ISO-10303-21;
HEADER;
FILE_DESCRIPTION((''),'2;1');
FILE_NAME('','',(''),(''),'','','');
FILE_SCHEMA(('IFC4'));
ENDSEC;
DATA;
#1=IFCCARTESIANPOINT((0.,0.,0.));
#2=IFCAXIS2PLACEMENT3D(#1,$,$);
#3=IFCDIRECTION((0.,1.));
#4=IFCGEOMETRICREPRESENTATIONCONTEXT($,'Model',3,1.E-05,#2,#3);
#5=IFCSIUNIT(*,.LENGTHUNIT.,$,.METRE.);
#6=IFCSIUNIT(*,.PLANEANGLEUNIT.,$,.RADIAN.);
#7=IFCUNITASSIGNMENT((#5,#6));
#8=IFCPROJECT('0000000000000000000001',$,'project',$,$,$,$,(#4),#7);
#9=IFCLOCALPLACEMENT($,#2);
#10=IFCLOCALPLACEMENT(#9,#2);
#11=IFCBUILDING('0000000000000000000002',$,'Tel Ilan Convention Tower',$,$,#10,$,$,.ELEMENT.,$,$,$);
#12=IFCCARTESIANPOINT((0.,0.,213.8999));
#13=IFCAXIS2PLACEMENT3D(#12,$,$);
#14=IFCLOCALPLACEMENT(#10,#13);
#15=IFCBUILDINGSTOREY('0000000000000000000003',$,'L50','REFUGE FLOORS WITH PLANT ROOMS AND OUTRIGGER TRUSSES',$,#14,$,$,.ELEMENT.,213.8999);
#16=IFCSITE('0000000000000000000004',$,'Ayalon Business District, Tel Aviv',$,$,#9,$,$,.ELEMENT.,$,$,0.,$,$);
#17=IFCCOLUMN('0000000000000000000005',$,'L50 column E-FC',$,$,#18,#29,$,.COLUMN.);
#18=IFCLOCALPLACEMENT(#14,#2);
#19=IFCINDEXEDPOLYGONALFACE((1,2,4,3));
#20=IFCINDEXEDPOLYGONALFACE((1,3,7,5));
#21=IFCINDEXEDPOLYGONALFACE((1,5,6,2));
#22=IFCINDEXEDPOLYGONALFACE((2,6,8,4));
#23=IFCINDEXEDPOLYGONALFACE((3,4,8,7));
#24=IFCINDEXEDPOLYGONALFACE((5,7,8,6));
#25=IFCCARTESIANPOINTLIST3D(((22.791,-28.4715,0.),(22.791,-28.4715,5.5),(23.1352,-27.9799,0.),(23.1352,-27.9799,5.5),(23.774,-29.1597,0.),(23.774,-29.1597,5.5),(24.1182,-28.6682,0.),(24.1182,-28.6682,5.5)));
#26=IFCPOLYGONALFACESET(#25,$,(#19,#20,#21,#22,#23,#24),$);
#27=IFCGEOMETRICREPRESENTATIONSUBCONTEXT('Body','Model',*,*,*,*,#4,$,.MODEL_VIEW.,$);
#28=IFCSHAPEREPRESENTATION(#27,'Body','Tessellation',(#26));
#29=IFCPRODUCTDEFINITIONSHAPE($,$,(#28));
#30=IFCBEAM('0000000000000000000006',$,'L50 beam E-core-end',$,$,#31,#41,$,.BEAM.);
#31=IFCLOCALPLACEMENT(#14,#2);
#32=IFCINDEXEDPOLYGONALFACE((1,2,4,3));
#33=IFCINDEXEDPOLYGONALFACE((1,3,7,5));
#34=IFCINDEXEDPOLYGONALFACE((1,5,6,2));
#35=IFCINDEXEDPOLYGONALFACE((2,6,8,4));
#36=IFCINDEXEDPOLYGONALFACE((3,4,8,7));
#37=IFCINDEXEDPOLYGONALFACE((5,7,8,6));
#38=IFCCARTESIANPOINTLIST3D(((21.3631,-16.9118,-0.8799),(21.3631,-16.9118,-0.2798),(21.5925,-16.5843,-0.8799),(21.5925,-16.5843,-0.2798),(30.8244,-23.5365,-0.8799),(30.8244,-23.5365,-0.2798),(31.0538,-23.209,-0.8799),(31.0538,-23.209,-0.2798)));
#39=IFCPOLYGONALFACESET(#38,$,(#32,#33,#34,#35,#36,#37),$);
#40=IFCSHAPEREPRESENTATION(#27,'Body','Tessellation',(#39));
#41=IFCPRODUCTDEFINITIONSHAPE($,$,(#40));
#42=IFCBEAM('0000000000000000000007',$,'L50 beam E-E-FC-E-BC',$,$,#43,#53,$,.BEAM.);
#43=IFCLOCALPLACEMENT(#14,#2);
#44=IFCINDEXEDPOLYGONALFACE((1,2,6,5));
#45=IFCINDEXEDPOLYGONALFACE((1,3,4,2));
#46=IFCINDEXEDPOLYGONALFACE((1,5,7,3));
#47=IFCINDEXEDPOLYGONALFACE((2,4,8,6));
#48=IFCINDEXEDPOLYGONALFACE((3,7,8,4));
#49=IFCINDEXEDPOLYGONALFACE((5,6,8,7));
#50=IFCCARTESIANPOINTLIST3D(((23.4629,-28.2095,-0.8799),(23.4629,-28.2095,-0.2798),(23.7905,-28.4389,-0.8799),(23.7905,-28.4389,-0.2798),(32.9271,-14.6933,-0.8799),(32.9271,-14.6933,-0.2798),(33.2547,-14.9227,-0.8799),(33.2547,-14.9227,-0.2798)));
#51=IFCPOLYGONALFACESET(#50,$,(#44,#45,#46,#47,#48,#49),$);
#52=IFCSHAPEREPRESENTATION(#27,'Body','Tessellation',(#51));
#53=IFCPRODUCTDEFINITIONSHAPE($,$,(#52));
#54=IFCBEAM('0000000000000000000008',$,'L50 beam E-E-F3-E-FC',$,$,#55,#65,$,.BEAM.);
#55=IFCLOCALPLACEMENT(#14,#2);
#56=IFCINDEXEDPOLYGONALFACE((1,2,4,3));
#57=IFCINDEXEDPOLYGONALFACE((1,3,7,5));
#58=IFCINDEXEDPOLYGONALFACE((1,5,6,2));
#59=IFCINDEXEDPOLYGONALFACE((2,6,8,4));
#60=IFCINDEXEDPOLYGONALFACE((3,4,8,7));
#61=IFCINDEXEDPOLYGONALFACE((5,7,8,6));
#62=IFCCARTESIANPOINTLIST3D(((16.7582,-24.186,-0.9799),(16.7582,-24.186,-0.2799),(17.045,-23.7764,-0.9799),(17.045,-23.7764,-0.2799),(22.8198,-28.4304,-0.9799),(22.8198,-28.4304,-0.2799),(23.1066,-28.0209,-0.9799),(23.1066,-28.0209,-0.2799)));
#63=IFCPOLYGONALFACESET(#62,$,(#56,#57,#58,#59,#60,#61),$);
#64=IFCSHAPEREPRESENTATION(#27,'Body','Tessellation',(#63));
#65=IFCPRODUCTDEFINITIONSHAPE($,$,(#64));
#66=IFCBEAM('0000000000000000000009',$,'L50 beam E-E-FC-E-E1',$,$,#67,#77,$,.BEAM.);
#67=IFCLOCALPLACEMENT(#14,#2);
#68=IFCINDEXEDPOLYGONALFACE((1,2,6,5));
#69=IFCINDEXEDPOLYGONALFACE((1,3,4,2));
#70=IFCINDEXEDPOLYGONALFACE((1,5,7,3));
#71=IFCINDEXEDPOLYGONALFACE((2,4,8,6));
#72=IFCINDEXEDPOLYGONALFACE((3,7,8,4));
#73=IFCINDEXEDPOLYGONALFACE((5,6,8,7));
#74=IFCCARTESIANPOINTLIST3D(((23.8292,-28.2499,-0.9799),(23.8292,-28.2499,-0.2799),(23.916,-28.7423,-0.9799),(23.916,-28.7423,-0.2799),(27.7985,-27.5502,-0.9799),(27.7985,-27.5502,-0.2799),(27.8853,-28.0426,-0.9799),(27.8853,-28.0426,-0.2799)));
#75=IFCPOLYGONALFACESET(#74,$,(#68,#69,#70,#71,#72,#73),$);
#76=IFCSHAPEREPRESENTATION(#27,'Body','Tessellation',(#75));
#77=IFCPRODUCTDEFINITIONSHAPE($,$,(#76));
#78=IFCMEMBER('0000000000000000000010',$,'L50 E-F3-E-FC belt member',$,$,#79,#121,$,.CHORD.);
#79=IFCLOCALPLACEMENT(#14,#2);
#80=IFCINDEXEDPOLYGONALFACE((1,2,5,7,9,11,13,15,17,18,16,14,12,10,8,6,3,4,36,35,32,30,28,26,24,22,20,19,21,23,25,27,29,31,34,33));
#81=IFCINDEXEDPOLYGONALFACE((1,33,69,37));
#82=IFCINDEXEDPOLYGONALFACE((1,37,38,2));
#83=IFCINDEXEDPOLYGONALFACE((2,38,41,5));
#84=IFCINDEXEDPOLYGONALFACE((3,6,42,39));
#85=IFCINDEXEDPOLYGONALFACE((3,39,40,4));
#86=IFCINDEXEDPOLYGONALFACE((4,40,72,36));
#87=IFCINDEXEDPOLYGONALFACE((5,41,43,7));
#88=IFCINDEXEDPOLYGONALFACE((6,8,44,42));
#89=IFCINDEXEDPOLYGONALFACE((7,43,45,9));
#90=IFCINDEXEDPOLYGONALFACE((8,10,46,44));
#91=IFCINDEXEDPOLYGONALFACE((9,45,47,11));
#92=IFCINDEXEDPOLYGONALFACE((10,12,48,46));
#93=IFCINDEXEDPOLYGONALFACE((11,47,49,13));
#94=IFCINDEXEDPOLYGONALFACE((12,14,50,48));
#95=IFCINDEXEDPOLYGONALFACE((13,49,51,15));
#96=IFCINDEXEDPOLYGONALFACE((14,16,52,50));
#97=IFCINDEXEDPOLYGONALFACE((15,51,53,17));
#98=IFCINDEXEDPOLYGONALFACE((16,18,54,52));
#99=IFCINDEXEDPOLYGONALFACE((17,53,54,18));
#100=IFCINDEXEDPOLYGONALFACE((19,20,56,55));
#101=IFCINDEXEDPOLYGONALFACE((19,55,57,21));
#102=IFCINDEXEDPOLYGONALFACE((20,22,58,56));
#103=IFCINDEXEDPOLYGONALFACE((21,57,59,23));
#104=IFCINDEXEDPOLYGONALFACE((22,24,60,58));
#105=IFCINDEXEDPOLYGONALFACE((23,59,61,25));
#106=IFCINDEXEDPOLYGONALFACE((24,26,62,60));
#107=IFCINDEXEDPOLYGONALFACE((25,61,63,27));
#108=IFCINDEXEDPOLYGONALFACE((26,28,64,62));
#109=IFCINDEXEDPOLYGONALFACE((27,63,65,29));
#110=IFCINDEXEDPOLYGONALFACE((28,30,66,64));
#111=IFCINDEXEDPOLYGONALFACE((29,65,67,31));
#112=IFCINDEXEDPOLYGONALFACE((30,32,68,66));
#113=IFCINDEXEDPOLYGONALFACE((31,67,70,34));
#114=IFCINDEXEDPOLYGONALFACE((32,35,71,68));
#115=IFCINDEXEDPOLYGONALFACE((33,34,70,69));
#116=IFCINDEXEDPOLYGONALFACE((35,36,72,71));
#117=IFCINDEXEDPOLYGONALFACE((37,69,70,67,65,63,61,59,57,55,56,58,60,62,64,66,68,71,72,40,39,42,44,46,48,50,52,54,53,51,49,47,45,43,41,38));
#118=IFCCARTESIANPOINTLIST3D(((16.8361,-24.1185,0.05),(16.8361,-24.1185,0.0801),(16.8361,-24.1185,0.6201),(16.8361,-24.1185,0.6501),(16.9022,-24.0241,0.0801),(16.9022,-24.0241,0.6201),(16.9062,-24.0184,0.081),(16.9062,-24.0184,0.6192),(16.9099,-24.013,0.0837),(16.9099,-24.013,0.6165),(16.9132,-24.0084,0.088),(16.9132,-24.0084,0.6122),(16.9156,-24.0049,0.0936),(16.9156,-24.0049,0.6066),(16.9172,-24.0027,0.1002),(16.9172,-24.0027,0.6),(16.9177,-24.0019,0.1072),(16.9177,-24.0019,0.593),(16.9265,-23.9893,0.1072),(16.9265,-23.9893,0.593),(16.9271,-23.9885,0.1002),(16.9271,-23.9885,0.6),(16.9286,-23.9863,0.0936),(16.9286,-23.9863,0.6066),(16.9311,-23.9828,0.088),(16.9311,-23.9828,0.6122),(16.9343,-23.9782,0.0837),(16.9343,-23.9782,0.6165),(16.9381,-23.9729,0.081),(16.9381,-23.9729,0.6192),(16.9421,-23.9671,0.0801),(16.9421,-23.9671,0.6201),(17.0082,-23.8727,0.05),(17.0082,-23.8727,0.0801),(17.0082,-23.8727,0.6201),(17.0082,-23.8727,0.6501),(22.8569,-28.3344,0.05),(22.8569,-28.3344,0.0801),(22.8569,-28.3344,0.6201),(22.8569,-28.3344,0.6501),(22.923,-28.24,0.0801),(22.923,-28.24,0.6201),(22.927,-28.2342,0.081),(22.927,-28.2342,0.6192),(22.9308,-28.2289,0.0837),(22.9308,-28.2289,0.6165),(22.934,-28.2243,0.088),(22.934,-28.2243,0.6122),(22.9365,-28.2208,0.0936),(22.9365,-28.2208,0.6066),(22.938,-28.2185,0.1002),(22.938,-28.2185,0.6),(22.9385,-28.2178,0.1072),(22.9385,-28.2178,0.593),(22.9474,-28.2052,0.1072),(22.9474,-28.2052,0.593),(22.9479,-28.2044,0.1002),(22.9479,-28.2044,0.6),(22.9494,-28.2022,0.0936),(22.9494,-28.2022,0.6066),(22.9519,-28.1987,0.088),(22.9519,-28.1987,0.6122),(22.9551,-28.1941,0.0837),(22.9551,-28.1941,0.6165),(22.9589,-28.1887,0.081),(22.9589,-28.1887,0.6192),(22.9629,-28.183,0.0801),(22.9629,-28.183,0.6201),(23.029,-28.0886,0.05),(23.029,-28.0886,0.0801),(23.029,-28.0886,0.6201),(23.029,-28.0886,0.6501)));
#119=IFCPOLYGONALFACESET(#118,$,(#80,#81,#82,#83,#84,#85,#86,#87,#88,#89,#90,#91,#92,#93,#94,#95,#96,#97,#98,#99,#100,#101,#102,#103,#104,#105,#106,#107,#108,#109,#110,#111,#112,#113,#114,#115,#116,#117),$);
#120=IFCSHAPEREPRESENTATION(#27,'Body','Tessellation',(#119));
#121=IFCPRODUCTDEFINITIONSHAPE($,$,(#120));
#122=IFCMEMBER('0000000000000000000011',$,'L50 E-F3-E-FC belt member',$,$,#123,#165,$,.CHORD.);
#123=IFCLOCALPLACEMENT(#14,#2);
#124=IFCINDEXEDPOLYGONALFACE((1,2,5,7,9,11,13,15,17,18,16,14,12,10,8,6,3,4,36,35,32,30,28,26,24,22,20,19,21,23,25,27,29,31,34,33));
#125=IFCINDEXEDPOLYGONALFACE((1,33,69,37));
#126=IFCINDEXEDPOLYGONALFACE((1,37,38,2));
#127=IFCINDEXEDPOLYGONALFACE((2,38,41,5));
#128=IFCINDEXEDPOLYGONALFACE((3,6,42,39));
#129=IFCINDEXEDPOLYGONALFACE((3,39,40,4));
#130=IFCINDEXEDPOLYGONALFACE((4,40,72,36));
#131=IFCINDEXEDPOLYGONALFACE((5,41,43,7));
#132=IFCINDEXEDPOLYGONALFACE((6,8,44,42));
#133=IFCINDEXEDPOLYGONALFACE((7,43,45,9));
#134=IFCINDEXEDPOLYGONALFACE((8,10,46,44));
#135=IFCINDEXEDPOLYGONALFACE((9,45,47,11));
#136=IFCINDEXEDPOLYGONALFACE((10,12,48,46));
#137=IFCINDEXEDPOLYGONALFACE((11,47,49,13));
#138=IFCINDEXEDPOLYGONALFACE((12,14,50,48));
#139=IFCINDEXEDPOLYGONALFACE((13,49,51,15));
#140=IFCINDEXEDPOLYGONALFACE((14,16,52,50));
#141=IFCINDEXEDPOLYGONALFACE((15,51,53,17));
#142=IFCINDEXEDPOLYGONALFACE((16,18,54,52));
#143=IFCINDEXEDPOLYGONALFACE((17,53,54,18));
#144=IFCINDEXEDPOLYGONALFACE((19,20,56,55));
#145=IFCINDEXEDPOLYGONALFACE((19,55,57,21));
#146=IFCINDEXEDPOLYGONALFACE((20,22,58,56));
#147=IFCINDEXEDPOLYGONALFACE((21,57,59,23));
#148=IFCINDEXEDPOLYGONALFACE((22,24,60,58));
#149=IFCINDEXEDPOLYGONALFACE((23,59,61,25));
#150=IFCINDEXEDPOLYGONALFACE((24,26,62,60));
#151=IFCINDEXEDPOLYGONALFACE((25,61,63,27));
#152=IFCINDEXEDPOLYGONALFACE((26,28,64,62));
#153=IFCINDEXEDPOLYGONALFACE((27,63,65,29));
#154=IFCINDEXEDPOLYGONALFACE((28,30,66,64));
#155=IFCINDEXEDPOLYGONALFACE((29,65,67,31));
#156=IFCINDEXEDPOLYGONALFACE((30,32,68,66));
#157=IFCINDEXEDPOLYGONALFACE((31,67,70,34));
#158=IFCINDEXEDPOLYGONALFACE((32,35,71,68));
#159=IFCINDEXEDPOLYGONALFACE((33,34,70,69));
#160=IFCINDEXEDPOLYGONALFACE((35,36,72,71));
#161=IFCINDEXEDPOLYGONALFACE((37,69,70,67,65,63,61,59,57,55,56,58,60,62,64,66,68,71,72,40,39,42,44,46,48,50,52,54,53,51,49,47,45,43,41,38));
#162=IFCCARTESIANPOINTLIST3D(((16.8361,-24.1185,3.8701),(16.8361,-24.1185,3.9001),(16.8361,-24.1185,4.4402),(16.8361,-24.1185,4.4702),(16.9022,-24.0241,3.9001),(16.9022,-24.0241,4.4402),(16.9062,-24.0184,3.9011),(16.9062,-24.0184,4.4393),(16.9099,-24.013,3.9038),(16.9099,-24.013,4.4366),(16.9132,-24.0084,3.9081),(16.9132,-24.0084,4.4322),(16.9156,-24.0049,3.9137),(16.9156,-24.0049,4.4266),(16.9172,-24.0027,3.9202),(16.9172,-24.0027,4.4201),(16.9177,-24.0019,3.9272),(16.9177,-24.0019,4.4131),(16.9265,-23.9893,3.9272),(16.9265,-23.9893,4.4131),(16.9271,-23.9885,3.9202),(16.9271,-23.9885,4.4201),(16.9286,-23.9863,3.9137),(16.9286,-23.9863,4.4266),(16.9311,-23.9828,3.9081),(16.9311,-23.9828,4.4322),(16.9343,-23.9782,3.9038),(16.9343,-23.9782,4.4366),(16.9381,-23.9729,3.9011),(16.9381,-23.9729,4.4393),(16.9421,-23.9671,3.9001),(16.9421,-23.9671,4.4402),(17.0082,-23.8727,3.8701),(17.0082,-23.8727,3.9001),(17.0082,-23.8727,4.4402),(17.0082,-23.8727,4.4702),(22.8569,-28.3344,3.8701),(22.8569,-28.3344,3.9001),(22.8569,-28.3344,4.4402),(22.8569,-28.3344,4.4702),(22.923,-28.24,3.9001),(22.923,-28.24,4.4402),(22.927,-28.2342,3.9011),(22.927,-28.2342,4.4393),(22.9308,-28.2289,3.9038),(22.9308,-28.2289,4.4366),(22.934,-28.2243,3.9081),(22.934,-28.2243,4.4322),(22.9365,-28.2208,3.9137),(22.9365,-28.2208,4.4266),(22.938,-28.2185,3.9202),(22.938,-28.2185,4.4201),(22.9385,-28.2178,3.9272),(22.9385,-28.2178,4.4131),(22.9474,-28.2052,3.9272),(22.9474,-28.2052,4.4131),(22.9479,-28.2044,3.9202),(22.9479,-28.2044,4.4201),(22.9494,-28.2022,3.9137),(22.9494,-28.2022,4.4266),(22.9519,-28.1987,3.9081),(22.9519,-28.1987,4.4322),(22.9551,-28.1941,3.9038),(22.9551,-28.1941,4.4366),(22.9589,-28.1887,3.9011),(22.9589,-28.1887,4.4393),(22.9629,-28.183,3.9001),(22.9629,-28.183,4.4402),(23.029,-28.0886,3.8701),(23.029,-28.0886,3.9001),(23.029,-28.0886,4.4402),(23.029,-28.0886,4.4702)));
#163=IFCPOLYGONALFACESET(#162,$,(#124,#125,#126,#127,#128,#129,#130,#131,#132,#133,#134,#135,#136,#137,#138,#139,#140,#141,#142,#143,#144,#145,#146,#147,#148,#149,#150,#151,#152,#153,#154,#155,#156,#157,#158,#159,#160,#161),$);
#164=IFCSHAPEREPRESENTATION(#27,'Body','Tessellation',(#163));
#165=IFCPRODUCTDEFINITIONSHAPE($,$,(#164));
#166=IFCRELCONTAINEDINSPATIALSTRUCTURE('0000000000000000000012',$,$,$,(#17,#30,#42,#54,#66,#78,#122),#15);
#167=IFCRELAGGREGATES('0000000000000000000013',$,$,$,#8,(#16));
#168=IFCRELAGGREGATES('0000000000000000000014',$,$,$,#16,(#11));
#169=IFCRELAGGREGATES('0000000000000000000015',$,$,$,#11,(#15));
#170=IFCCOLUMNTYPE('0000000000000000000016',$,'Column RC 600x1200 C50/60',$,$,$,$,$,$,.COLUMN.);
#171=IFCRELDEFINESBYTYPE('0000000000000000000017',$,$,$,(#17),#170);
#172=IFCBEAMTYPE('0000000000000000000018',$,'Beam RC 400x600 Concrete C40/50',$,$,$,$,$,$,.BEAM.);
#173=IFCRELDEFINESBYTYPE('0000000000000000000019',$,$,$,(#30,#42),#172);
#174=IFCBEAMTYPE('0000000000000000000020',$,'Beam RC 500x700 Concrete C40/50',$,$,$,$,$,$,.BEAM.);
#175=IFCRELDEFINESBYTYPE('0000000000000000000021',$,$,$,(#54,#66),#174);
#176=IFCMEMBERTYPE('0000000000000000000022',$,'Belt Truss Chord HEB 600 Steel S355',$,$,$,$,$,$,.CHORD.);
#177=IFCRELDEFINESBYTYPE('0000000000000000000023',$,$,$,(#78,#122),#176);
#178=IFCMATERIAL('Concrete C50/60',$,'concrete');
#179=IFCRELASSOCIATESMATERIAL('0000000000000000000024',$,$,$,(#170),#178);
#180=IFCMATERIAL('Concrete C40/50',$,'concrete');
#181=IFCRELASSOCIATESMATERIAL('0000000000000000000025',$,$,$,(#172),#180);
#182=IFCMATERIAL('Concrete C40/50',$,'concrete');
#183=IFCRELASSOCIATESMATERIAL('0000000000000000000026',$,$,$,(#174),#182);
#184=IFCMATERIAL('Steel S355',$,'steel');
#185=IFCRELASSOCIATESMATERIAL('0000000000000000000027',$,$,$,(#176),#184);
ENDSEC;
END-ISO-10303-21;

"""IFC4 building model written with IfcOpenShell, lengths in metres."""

from ifc_helpers import new_model, si_unit, direction, frame, origin, origin_2d, place, context, subcontext, project, spatial, rectangle, i_section, extrude, material, material_profile, profile_set, type_object, element, save


model = new_model("IFC4")

# Units and contexts
model_context = context("Model", 3, precision=1e-05, world=origin(), true_north=direction((0.0, 1.0)))
body_context = subcontext(model_context, "Body", "Model", "MODEL_VIEW")
ifc_project = project(units=[si_unit("LENGTHUNIT", "METRE"), si_unit("PLANEANGLEUNIT", "RADIAN")], contexts=[model_context])

# Site, building, storey
site_placement = place(None, origin())
site = spatial("IfcSite", under=ifc_project, at=site_placement, Name="Ayalon Business District, Tel Aviv", CompositionType="ELEMENT", RefElevation=0.0)
building_placement = place(site_placement, origin())
building = spatial("IfcBuilding", under=site, at=building_placement, Name="Tel Ilan Convention Tower", CompositionType="ELEMENT")
storey_placement = place(building_placement, frame((0.0, 0.0, 213.8999)))
storey = spatial("IfcBuildingStorey", under=building, at=storey_placement, Name="L50", Description="REFUGE FLOORS WITH PLANT ROOMS AND OUTRIGGER TRUSSES", CompositionType="ELEMENT", Elevation=213.8999)

# Column
ifc_material_1 = material(Name="Concrete C50/60", Category="concrete")
ifc_material_profile_1 = material_profile(ifc_material_1, rectangle(XDim=1.2, YDim=0.6001, at=origin_2d()), Name="RC 600x1200")
ifc_profile_set_1 = profile_set([ifc_material_profile_1], Name="Concrete C50/60")
column_type = type_object("IfcColumnType", Name="Column RC 600x1200 C50/60", PredefinedType="COLUMN", material=ifc_profile_set_1)
column_placement = place(storey_placement, frame((23.4546, -28.5698, 0.0), z_axis=(0.0, 0.0, 1.0), x_axis=(0.819152, -0.573576, 0.0)))
element("IfcColumn", 1, at=column_placement, inside=storey, type_object=column_type, Name="L50 column E-FC", PredefinedType="COLUMN", context=body_context, shape_type="SweptSolid", body=[
    extrude(rectangle(XDim=1.2, YDim=0.6001, at=origin_2d()), origin(), (0.0, 0.0, 1.0), 5.5),
])

# Beams
ifc_material_2 = material(Name="Concrete C40/50", Category="concrete")
ifc_material_profile_2 = material_profile(ifc_material_2, rectangle(XDim=0.3999, YDim=0.6001, at=origin_2d()), Name="RC 400x600")
ifc_profile_set_2 = profile_set([ifc_material_profile_2], Name="Concrete C40/50")
beam_type_1 = type_object("IfcBeamType", Name="Beam RC 400x600 Concrete C40/50", PredefinedType="BEAM", material=ifc_profile_set_2)
beam_1_placement = place(storey_placement, frame((21.4778, -16.748, -0.5798), z_axis=(0.81916, -0.573564, 0.0), x_axis=(0.573564, 0.81916, 0.0)))
element("IfcBeam", 2, at=beam_1_placement, inside=storey, type_object=beam_type_1, Name="L50 beam E-core-end", PredefinedType="BEAM", context=body_context, shape_type="SweptSolid", body=[
    extrude(rectangle(XDim=0.3999, YDim=0.6001, at=origin_2d()), origin(), (0.0, 0.0, 1.0), 11.55),
])
beam_2_placement = place(storey_placement, frame((23.6267, -28.3242, -0.5798), z_axis=(0.573578, 0.819151, 0.0), x_axis=(-0.819151, 0.573578, 0.0)))
element("IfcBeam", 3, at=beam_2_placement, inside=storey, type_object=beam_type_1, Name="L50 beam E-E-FC-E-BC", PredefinedType="BEAM", context=body_context, shape_type="SweptSolid", body=[
    extrude(rectangle(XDim=0.3999, YDim=0.6001, at=origin_2d()), origin(), (0.0, 0.0, 1.0), 16.5002),
])
ifc_material_3 = material(Name="Concrete C40/50", Category="concrete")
ifc_material_profile_3 = material_profile(ifc_material_3, rectangle(XDim=0.5, YDim=0.7, at=origin_2d()), Name="RC 500x700")
ifc_profile_set_3 = profile_set([ifc_material_profile_3], Name="Concrete C40/50")
beam_type_2 = type_object("IfcBeamType", Name="Beam RC 500x700 Concrete C40/50", PredefinedType="BEAM", material=ifc_profile_set_3)
beam_3_placement = place(storey_placement, frame((16.9016, -23.9812, -0.6299), z_axis=(0.819148, -0.573582, 0.0), x_axis=(0.573582, 0.819148, 0.0)))
element("IfcBeam", 4, at=beam_3_placement, inside=storey, type_object=beam_type_2, Name="L50 beam E-E-F3-E-FC", PredefinedType="BEAM", context=body_context, shape_type="SweptSolid", body=[
    extrude(rectangle(XDim=0.5, YDim=0.7, at=origin_2d()), origin(), (0.0, 0.0, 1.0), 7.3999),
])
beam_4_placement = place(storey_placement, frame((23.8726, -28.4961, -0.6299), z_axis=(0.984815, 0.173606, 0.0), x_axis=(-0.173606, 0.984815, 0.0)))
element("IfcBeam", 5, at=beam_4_placement, inside=storey, type_object=beam_type_2, Name="L50 beam E-E-FC-E-E1", PredefinedType="BEAM", context=body_context, shape_type="SweptSolid", body=[
    extrude(rectangle(XDim=0.5, YDim=0.7, at=origin_2d()), origin(), (0.0, 0.0, 1.0), 4.0305),
])

# Members
ifc_material_4 = material(Name="Steel S355", Category="steel")
ifc_material_profile_4 = material_profile(ifc_material_4, i_section(OverallWidth=0.3, OverallDepth=0.6001, WebThickness=0.0154, FlangeThickness=0.03, FilletRadius=0.0271, at=origin_2d()), Name="HEB 600")
ifc_profile_set_4 = profile_set([ifc_material_profile_4], Name="Steel S355")
member_type_1 = type_object("IfcMemberType", Name="Belt Truss Chord HEB 600 Steel S355", PredefinedType="CHORD", material=ifc_profile_set_4)
for number, where, z_axis, x_axis, name in (
    (6, (16.9221, -23.9956, 0.3501), (0.819149, -0.57358, 0.0), (0.57358, 0.819149, 0.0), "L50 E-F3-E-FC belt member"),
    (7, (16.9221, -23.9956, 4.1702), (0.819149, -0.57358, 0.0), (0.57358, 0.819149, 0.0), "L50 E-F3-E-FC belt member"),
):
    element("IfcMember", number, at=place(storey_placement, frame(where, z_axis=z_axis, x_axis=x_axis)), inside=storey, type_object=member_type_1, Name=name, PredefinedType="CHORD", context=body_context, shape_type="SweptSolid", body=[
        extrude(i_section(OverallWidth=0.3, OverallDepth=0.6001, WebThickness=0.0154, FlangeThickness=0.03, FilletRadius=0.0271, at=origin_2d()), origin(), (0.0, 0.0, 1.0), 7.3501),
    ])

save(model, "model.ifc")
